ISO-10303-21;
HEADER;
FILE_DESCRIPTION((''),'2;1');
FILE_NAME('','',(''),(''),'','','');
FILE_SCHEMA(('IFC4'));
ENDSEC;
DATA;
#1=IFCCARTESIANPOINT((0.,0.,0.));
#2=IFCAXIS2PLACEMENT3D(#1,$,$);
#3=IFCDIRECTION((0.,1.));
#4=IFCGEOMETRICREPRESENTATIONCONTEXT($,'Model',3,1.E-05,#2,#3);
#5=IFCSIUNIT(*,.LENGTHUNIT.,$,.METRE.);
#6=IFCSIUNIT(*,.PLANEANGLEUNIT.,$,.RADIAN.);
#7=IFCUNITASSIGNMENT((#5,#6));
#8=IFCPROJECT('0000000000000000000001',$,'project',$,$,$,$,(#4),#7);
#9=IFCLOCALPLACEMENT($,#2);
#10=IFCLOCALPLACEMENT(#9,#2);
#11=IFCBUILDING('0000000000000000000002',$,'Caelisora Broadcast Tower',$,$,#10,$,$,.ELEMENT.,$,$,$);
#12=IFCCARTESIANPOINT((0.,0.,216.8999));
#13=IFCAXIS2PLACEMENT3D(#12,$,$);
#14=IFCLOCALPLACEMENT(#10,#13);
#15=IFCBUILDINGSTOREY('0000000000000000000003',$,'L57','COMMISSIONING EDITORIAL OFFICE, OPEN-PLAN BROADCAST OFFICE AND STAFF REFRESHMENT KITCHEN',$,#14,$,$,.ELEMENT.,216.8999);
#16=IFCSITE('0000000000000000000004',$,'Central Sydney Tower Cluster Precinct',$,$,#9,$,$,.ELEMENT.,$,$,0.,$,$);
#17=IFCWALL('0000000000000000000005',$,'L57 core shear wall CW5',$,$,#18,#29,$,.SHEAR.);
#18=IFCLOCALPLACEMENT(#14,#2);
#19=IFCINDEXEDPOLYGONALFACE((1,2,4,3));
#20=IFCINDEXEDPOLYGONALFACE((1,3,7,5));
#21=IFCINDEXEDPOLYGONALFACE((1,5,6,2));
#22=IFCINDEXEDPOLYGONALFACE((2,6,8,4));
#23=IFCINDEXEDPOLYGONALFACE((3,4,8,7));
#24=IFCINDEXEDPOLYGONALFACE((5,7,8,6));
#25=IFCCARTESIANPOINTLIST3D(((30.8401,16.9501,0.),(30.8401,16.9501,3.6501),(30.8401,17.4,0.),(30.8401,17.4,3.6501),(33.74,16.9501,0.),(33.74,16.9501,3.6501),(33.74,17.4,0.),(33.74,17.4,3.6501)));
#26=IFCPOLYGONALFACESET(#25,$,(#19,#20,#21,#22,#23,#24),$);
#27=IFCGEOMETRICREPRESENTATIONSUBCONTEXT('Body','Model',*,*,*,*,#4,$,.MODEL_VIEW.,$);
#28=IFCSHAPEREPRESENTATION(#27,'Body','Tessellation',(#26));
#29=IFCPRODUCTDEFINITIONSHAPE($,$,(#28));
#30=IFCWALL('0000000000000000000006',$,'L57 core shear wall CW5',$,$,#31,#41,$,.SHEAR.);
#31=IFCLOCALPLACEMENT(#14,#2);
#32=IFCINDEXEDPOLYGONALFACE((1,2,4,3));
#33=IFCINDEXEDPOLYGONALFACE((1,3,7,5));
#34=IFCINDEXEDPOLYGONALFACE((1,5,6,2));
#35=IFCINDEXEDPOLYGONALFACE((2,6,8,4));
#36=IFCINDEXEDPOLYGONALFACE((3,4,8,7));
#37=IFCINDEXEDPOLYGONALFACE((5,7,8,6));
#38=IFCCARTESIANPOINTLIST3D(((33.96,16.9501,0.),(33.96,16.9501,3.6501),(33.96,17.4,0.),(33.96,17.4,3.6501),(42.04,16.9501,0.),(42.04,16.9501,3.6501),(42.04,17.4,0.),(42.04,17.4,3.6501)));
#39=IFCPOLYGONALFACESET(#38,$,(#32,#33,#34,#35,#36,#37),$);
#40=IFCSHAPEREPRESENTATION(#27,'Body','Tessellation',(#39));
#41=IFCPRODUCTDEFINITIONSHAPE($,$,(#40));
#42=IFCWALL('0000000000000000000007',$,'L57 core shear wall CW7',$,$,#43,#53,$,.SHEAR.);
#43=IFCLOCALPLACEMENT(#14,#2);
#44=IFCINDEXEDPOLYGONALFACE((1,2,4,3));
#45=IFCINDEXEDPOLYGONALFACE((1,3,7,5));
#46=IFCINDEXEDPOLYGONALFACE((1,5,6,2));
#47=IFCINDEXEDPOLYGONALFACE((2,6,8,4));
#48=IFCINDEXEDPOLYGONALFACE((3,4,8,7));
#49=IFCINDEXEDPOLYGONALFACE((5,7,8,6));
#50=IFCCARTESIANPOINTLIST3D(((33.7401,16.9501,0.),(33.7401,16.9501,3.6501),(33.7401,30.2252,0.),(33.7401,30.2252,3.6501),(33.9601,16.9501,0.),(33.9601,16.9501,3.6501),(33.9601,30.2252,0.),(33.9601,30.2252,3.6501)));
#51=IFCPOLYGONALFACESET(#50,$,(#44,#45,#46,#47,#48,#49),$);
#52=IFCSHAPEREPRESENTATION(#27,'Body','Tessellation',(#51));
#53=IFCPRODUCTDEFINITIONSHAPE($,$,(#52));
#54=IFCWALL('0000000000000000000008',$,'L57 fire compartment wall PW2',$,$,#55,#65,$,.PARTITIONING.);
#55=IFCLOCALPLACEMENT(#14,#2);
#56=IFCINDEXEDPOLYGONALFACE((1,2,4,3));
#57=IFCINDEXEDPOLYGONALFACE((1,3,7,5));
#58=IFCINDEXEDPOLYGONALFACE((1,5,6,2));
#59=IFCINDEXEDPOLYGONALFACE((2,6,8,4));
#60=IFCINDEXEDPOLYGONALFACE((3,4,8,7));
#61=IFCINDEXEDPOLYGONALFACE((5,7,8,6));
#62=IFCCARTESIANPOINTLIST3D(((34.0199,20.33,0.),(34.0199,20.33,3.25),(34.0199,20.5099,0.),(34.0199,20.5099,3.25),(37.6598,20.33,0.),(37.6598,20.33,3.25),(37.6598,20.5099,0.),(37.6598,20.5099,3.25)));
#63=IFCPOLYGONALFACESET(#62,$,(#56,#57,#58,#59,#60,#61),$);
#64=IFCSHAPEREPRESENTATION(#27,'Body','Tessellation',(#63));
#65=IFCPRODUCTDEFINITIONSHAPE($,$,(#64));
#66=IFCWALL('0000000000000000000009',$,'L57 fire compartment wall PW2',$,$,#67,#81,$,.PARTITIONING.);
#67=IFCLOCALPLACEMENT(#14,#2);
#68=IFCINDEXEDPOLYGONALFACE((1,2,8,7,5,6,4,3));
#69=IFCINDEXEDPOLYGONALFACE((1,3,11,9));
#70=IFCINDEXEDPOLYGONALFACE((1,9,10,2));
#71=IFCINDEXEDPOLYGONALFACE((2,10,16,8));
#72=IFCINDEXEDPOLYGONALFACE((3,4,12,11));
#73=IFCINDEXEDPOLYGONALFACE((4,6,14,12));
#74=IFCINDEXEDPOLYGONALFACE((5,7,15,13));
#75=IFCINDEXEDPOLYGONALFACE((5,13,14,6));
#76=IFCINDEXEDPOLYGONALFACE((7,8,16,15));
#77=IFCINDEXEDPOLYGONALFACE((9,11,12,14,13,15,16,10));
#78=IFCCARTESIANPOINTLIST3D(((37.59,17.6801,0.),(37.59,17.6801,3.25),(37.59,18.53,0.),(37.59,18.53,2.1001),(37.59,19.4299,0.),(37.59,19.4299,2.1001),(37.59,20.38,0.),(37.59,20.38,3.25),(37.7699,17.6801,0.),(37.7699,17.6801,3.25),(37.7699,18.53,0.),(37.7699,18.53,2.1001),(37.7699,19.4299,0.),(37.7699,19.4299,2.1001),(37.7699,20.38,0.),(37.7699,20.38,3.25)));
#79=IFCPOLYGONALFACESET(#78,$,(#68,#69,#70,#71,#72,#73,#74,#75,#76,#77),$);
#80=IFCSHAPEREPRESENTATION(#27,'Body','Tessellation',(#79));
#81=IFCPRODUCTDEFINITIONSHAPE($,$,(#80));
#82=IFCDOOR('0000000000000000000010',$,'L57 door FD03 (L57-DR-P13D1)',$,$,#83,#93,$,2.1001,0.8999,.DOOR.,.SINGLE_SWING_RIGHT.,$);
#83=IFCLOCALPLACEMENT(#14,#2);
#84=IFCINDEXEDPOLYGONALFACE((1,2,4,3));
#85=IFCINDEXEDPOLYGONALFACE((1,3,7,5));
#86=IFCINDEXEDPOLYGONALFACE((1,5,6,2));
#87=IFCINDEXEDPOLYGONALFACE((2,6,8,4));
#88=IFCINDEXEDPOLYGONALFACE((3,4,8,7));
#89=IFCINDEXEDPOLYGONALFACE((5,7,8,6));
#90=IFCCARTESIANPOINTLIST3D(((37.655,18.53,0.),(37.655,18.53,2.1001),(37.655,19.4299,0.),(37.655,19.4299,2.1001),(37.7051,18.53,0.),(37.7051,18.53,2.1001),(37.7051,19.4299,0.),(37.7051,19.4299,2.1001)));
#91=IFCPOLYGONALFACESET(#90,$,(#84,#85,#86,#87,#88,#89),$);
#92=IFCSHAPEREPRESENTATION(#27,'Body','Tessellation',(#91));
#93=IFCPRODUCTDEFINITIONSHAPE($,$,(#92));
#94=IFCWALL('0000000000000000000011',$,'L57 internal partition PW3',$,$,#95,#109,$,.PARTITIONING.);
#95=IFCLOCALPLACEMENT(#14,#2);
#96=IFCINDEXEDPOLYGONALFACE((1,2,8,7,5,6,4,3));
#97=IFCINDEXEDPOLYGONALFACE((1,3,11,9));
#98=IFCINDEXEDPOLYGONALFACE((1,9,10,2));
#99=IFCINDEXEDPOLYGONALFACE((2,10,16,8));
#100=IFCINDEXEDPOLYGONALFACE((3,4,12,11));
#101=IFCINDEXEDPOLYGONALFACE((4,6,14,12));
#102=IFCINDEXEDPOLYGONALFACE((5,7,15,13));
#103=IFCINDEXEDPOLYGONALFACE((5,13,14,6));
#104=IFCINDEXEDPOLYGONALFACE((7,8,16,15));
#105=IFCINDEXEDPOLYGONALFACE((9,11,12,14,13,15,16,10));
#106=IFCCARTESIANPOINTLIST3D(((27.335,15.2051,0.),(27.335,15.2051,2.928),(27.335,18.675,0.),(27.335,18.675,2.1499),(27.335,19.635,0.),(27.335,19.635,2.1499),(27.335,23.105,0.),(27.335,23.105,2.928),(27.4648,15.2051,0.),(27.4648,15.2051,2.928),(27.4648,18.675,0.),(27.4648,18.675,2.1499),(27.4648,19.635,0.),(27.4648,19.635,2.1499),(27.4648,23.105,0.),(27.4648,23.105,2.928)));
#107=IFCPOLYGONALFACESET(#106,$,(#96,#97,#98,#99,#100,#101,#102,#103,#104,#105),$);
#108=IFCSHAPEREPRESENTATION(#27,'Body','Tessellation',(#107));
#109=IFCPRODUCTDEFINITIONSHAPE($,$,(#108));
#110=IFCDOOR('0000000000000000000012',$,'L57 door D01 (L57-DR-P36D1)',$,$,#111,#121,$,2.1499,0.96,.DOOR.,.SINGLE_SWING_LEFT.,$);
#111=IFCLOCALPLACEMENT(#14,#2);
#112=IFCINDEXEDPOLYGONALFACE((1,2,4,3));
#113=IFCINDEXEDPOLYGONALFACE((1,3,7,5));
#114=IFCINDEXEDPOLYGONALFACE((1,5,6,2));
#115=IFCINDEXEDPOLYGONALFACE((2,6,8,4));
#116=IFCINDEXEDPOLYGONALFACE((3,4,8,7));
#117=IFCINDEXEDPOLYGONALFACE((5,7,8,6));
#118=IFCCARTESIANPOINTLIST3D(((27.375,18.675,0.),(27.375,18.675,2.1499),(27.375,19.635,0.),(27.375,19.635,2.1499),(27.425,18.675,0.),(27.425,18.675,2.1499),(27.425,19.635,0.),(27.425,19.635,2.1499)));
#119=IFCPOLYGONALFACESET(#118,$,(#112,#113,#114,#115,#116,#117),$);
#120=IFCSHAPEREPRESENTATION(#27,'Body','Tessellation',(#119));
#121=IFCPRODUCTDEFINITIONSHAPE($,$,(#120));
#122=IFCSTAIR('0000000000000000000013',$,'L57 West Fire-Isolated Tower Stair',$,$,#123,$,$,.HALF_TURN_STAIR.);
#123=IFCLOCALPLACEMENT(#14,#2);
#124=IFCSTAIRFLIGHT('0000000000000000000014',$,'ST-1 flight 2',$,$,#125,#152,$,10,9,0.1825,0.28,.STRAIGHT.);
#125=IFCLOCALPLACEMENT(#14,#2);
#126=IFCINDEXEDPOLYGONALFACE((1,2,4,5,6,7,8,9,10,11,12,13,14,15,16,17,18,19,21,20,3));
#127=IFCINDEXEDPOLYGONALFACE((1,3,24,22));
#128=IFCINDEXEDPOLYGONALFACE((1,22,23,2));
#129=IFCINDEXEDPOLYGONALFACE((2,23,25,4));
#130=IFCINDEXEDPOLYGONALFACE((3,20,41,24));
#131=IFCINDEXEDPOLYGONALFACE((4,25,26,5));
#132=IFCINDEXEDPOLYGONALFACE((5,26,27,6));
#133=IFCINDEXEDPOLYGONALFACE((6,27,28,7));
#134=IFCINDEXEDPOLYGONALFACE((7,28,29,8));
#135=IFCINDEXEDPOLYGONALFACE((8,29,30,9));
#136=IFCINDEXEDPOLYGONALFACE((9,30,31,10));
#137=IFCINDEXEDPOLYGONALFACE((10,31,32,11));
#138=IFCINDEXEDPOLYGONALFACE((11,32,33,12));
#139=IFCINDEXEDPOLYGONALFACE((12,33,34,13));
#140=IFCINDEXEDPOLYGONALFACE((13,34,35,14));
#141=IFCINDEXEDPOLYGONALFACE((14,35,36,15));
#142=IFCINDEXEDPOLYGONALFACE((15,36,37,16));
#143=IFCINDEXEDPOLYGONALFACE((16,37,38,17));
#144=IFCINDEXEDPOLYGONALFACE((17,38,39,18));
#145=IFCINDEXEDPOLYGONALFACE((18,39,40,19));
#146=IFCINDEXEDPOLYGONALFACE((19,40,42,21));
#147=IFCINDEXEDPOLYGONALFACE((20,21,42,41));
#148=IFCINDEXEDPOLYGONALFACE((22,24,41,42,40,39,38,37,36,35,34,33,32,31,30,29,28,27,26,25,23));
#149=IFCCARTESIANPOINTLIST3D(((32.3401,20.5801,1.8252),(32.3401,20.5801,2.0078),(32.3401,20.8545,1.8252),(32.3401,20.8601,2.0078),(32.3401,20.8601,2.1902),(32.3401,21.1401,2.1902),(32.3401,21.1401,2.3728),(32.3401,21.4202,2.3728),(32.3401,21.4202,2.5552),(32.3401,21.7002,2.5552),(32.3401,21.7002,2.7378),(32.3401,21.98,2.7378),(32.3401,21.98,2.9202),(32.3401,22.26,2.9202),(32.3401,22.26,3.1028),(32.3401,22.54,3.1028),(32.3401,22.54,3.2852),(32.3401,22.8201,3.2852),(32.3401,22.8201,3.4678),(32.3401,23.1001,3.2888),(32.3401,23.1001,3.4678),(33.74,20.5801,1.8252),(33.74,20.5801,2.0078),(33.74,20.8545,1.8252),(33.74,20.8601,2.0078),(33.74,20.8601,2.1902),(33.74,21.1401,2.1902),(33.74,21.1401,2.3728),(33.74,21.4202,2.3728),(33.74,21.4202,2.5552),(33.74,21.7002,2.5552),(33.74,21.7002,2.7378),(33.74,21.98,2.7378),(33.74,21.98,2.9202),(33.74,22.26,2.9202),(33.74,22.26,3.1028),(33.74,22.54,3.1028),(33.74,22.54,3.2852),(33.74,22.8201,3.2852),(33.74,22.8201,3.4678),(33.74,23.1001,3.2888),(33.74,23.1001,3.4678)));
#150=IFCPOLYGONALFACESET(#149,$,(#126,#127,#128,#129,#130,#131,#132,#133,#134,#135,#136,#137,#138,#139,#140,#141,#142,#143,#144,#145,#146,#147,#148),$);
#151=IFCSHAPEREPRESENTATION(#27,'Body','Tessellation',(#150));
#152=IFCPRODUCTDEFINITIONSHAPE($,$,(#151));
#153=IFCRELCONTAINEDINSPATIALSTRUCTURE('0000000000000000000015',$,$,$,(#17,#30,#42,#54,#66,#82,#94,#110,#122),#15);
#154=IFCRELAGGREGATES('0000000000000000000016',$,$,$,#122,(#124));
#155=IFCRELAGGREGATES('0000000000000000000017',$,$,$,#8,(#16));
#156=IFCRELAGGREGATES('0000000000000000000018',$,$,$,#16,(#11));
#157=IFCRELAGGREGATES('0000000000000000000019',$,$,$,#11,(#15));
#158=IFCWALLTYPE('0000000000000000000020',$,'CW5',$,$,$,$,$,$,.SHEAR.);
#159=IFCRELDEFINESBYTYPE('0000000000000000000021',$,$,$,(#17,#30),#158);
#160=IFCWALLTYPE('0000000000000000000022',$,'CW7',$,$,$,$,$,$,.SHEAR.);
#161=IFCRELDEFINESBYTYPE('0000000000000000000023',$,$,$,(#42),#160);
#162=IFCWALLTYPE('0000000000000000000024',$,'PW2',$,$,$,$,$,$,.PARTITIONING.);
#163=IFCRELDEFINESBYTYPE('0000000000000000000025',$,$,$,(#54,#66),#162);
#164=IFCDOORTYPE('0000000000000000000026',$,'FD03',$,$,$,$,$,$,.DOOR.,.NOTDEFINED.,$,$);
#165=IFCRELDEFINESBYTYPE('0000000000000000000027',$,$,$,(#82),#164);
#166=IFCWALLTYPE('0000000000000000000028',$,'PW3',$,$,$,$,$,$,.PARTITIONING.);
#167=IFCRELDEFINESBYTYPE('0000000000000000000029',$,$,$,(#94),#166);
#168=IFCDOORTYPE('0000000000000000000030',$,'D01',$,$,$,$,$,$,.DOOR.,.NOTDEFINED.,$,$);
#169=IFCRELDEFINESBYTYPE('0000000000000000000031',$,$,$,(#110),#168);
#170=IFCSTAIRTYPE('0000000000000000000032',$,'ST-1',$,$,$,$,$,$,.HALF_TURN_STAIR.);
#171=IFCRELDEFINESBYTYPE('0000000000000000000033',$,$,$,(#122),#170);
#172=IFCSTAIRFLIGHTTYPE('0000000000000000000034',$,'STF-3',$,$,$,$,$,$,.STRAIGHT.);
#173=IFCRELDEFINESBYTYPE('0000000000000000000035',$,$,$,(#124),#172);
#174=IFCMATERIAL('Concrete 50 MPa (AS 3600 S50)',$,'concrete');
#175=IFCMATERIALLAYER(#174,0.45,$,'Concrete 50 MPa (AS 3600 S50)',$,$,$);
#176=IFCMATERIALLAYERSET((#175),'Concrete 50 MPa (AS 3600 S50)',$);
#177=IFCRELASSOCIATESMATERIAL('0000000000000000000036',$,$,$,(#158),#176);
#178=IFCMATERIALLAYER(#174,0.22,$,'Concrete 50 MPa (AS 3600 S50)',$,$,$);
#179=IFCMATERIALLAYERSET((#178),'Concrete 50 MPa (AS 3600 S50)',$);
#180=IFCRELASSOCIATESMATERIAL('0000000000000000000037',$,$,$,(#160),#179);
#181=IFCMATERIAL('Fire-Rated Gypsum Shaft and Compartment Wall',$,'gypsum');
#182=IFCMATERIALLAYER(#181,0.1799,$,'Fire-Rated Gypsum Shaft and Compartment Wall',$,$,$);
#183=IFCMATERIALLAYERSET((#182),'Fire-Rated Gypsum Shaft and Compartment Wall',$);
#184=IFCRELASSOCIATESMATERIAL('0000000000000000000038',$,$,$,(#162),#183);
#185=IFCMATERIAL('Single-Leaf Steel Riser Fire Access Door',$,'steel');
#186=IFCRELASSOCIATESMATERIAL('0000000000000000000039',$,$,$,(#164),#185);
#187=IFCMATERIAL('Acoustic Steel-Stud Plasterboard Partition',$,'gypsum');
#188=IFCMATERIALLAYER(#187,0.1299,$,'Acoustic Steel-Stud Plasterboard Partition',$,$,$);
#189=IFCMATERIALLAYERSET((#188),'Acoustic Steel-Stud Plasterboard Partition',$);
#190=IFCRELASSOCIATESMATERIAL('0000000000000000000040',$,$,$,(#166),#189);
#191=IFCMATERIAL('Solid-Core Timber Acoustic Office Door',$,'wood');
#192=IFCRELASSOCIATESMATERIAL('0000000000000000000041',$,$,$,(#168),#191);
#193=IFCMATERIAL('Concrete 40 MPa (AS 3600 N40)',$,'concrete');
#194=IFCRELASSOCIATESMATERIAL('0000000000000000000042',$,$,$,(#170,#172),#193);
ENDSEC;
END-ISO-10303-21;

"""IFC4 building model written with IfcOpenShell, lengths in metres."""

from ifc_helpers import new_model, si_unit, direction, frame, frame_2d, origin, place, context, subcontext, project, spatial, polyline, rectangle, outline, extrude, material, layer, layer_set, type_object, element, fill, aggregate, save


model = new_model("IFC4")

# Units and contexts
model_context = context("Model", 3, precision=1e-05, world=origin(), true_north=direction((0.0, 1.0)))
body_context = subcontext(model_context, "Body", "Model", "MODEL_VIEW")
ifc_project = project(units=[si_unit("LENGTHUNIT", "METRE"), si_unit("PLANEANGLEUNIT", "RADIAN")], contexts=[model_context])

# Site, building, storey
site_placement = place(None, origin())
site = spatial("IfcSite", under=ifc_project, at=site_placement, Name="Central Sydney Tower Cluster Precinct", CompositionType="ELEMENT", RefElevation=0.0)
building_placement = place(site_placement, origin())
building = spatial("IfcBuilding", under=site, at=building_placement, Name="Caelisora Broadcast Tower", CompositionType="ELEMENT")
storey_placement = place(building_placement, frame((0.0, 0.0, 216.8999)))
storey = spatial("IfcBuildingStorey", under=building, at=storey_placement, Name="L57", Description="COMMISSIONING EDITORIAL OFFICE, OPEN-PLAN BROADCAST OFFICE AND STAFF REFRESHMENT KITCHEN", CompositionType="ELEMENT", Elevation=216.8999)

# Shared definitions
ifc_material_1 = material(Name="Concrete 50 MPa (AS 3600 S50)", Category="concrete")

# Walls
ifc_layer_1 = layer(ifc_material_1, 0.45, Name="Concrete 50 MPa (AS 3600 S50)")
ifc_layer_set_1 = layer_set([ifc_layer_1], Name="Concrete 50 MPa (AS 3600 S50)")
wall_type_1 = type_object("IfcWallType", Name="CW5", PredefinedType="SHEAR", material=ifc_layer_set_1)
wall_1_placement = place(storey_placement, frame((30.8401, 17.175, 0.0), z_axis=(0.0, 0.0, 1.0), x_axis=(1.0, 0.0, 0.0)))
element("IfcWall", 1, at=wall_1_placement, inside=storey, type_object=wall_type_1, Name="L57 core shear wall CW5", PredefinedType="SHEAR", context=body_context, shape_type="SweptSolid", body=[
    extrude(rectangle(XDim=2.8999, YDim=0.45, at=frame_2d((1.45, 0.0))), origin(), (0.0, 0.0, 1.0), 3.6501),
])
wall_2_placement = place(storey_placement, frame((33.96, 17.175, 0.0), z_axis=(0.0, 0.0, 1.0), x_axis=(1.0, 0.0, 0.0)))
element("IfcWall", 2, at=wall_2_placement, inside=storey, type_object=wall_type_1, Name="L57 core shear wall CW5", PredefinedType="SHEAR", context=body_context, shape_type="SweptSolid", body=[
    extrude(rectangle(XDim=8.0801, YDim=0.45, at=frame_2d((4.04, 0.0))), origin(), (0.0, 0.0, 1.0), 3.6501),
])
ifc_layer_2 = layer(ifc_material_1, 0.22, Name="Concrete 50 MPa (AS 3600 S50)")
ifc_layer_set_2 = layer_set([ifc_layer_2], Name="Concrete 50 MPa (AS 3600 S50)")
wall_type_2 = type_object("IfcWallType", Name="CW7", PredefinedType="SHEAR", material=ifc_layer_set_2)
wall_3_placement = place(storey_placement, frame((33.8501, 16.95, 0.0), z_axis=(0.0, 0.0, 1.0), x_axis=(0.0, 1.0, 0.0)))
element("IfcWall", 3, at=wall_3_placement, inside=storey, type_object=wall_type_2, Name="L57 core shear wall CW7", PredefinedType="SHEAR", context=body_context, shape_type="SweptSolid", body=[
    extrude(rectangle(XDim=13.2751, YDim=0.22, at=frame_2d((6.6377, 0.0))), origin(), (0.0, 0.0, 1.0), 3.6501),
])
ifc_material_2 = material(Name="Fire-Rated Gypsum Shaft and Compartment Wall", Category="gypsum")
ifc_layer_3 = layer(ifc_material_2, 0.1799, Name="Fire-Rated Gypsum Shaft and Compartment Wall")
ifc_layer_set_3 = layer_set([ifc_layer_3], Name="Fire-Rated Gypsum Shaft and Compartment Wall")
wall_type_3 = type_object("IfcWallType", Name="PW2", PredefinedType="PARTITIONING", material=ifc_layer_set_3)
wall_4_placement = place(storey_placement, frame((34.02, 20.4199, 0.0), z_axis=(0.0, 0.0, 1.0), x_axis=(1.0, 0.0, 0.0)))
element("IfcWall", 4, at=wall_4_placement, inside=storey, type_object=wall_type_3, Name="L57 fire compartment wall PW2", PredefinedType="PARTITIONING", context=body_context, shape_type="SweptSolid", body=[
    extrude(rectangle(XDim=3.6399, YDim=0.1799, at=frame_2d((1.8198, 0.0))), origin(), (0.0, 0.0, 1.0), 3.25),
])

# Walls, openings, doors
wall_5_placement = place(storey_placement, frame((37.6799, 17.6799, 0.0), z_axis=(0.0, 0.0, 1.0), x_axis=(0.0, 1.0, 0.0)))
wall_5 = element("IfcWall", 5, at=wall_5_placement, inside=storey, type_object=wall_type_3, Name="L57 fire compartment wall PW2", PredefinedType="PARTITIONING", context=body_context, shape_type="SweptSolid", body=[
    extrude(rectangle(XDim=2.7, YDim=0.1799, at=frame_2d((1.3501, 0.0))), origin(), (0.0, 0.0, 1.0), 3.25),
])
opening_1_placement = place(wall_5_placement, frame((0.8501, 0.0, 0.0)))
opening_1 = element("IfcOpeningElement", 6, at=opening_1_placement, cuts=wall_5, PredefinedType="OPENING", context=body_context, shape_type="SweptSolid", body=[
    extrude(rectangle(XDim=0.8999, YDim=2.1001, at=frame_2d((0.45, 1.05))), frame((0.0, 0.1021, 0.0), z_axis=(0.0, -1.0, 0.0), x_axis=(1.0, 0.0, 0.0)), (0.0, 0.0, 1.0), 0.2039),
])
ifc_material_3 = material(Name="Single-Leaf Steel Riser Fire Access Door", Category="steel")
door_type_1 = type_object("IfcDoorType", Name="FD03", OperationType="NOTDEFINED", PredefinedType="DOOR", material=ifc_material_3)
door_1_placement = place(opening_1_placement, origin())
door_1 = element("IfcDoor", 7, at=door_1_placement, inside=storey, type_object=door_type_1, Name="L57 door FD03 (L57-DR-P13D1)", OperationType="SINGLE_SWING_RIGHT", OverallHeight=2.1001, OverallWidth=0.8999, PredefinedType="DOOR", context=body_context, shape_type="SweptSolid", body=[
    extrude(rectangle(XDim=0.8999, YDim=2.1001, at=frame_2d((0.45, 1.05))), frame((0.0, 0.0249, 0.0), z_axis=(0.0, -1.0, 0.0), x_axis=(1.0, 0.0, 0.0)), (0.0, 0.0, 1.0), 0.05),
])
fill(opening_1, door_1)
ifc_material_4 = material(Name="Acoustic Steel-Stud Plasterboard Partition", Category="gypsum")
ifc_layer_4 = layer(ifc_material_4, 0.1299, Name="Acoustic Steel-Stud Plasterboard Partition")
ifc_layer_set_4 = layer_set([ifc_layer_4], Name="Acoustic Steel-Stud Plasterboard Partition")
wall_type_4 = type_object("IfcWallType", Name="PW3", PredefinedType="PARTITIONING", material=ifc_layer_set_4)
wall_6_placement = place(storey_placement, frame((27.3999, 15.2051, 0.0), z_axis=(0.0, 0.0, 1.0), x_axis=(0.0, 1.0, 0.0)))
wall_6 = element("IfcWall", 8, at=wall_6_placement, inside=storey, type_object=wall_type_4, Name="L57 internal partition PW3", PredefinedType="PARTITIONING", context=body_context, shape_type="SweptSolid", body=[
    extrude(rectangle(XDim=7.8999, YDim=0.1299, at=frame_2d((3.95, 0.0))), origin(), (0.0, 0.0, 1.0), 2.928),
])
opening_2_placement = place(wall_6_placement, frame((3.47, 0.0, 0.0)))
opening_2 = element("IfcOpeningElement", 9, at=opening_2_placement, cuts=wall_6, PredefinedType="OPENING", context=body_context, shape_type="SweptSolid", body=[
    extrude(rectangle(XDim=0.96, YDim=2.1499, at=frame_2d((0.48, 1.075))), frame((0.0, 0.0769, 0.0), z_axis=(0.0, -1.0, 0.0), x_axis=(1.0, 0.0, 0.0)), (0.0, 0.0, 1.0), 0.1538),
])
ifc_material_5 = material(Name="Solid-Core Timber Acoustic Office Door", Category="wood")
door_type_2 = type_object("IfcDoorType", Name="D01", OperationType="NOTDEFINED", PredefinedType="DOOR", material=ifc_material_5)
door_2_placement = place(opening_2_placement, origin())
door_2 = element("IfcDoor", 10, at=door_2_placement, inside=storey, type_object=door_type_2, Name="L57 door D01 (L57-DR-P36D1)", OperationType="SINGLE_SWING_LEFT", OverallHeight=2.1499, OverallWidth=0.96, PredefinedType="DOOR", context=body_context, shape_type="SweptSolid", body=[
    extrude(rectangle(XDim=0.96, YDim=2.1499, at=frame_2d((0.48, 1.075))), frame((0.0, 0.0249, 0.0), z_axis=(0.0, -1.0, 0.0), x_axis=(1.0, 0.0, 0.0)), (0.0, 0.0, 1.0), 0.05),
])
fill(opening_2, door_2)

# Stair, stair flight
ifc_material_6 = material(Name="Concrete 40 MPa (AS 3600 N40)", Category="concrete")
stair_type = type_object("IfcStairType", Name="ST-1", PredefinedType="HALF_TURN_STAIR", material=ifc_material_6)
stair_placement = place(storey_placement, origin())
stair = element("IfcStair", 11, at=stair_placement, inside=storey, type_object=stair_type, Name="L57 West Fire-Isolated Tower Stair", PredefinedType="HALF_TURN_STAIR")
stair_flight_type = type_object("IfcStairFlightType", Name="STF-3", PredefinedType="STRAIGHT", material=ifc_material_6)
stair_flight_placement = place(storey_placement, frame((33.04, 20.5801, 1.8252), z_axis=(0.0, 0.0, 1.0), x_axis=(0.0, 1.0, 0.0)))
stair_flight = element("IfcStairFlight", 12, at=stair_flight_placement, type_object=stair_flight_type, Name="ST-1 flight 2", NumberOfRisers=10, NumberOfTreads=9, PredefinedType="STRAIGHT", RiserHeight=0.1825, TreadLength=0.28, context=body_context, shape_type="SweptSolid", body=[
    extrude(outline(polyline([(0.0, 0.0), (0.0, 0.1826), (0.28, 0.1826), (0.28, 0.365), (0.5601, 0.365), (0.5601, 0.5476), (0.8401, 0.5476), (0.8401, 0.73), (1.1201, 0.73), (1.1201, 0.9126), (1.3999, 0.9126), (1.3999, 1.095), (1.6799, 1.095), (1.6799, 1.2776), (1.96, 1.2776), (1.96, 1.46), (2.24, 1.46), (2.24, 1.6426), (2.52, 1.6426), (2.52, 1.825), (2.52, 1.4636), (0.2744, 0.0), (0.0, 0.0)])), frame((0.0, 0.7, 0.0), z_axis=(0.0, -1.0, 0.0), x_axis=(1.0, 0.0, 0.0)), (0.0, 0.0, 1.0), 1.3999),
])
aggregate(stair, [stair_flight])

save(model, "model.ifc")
